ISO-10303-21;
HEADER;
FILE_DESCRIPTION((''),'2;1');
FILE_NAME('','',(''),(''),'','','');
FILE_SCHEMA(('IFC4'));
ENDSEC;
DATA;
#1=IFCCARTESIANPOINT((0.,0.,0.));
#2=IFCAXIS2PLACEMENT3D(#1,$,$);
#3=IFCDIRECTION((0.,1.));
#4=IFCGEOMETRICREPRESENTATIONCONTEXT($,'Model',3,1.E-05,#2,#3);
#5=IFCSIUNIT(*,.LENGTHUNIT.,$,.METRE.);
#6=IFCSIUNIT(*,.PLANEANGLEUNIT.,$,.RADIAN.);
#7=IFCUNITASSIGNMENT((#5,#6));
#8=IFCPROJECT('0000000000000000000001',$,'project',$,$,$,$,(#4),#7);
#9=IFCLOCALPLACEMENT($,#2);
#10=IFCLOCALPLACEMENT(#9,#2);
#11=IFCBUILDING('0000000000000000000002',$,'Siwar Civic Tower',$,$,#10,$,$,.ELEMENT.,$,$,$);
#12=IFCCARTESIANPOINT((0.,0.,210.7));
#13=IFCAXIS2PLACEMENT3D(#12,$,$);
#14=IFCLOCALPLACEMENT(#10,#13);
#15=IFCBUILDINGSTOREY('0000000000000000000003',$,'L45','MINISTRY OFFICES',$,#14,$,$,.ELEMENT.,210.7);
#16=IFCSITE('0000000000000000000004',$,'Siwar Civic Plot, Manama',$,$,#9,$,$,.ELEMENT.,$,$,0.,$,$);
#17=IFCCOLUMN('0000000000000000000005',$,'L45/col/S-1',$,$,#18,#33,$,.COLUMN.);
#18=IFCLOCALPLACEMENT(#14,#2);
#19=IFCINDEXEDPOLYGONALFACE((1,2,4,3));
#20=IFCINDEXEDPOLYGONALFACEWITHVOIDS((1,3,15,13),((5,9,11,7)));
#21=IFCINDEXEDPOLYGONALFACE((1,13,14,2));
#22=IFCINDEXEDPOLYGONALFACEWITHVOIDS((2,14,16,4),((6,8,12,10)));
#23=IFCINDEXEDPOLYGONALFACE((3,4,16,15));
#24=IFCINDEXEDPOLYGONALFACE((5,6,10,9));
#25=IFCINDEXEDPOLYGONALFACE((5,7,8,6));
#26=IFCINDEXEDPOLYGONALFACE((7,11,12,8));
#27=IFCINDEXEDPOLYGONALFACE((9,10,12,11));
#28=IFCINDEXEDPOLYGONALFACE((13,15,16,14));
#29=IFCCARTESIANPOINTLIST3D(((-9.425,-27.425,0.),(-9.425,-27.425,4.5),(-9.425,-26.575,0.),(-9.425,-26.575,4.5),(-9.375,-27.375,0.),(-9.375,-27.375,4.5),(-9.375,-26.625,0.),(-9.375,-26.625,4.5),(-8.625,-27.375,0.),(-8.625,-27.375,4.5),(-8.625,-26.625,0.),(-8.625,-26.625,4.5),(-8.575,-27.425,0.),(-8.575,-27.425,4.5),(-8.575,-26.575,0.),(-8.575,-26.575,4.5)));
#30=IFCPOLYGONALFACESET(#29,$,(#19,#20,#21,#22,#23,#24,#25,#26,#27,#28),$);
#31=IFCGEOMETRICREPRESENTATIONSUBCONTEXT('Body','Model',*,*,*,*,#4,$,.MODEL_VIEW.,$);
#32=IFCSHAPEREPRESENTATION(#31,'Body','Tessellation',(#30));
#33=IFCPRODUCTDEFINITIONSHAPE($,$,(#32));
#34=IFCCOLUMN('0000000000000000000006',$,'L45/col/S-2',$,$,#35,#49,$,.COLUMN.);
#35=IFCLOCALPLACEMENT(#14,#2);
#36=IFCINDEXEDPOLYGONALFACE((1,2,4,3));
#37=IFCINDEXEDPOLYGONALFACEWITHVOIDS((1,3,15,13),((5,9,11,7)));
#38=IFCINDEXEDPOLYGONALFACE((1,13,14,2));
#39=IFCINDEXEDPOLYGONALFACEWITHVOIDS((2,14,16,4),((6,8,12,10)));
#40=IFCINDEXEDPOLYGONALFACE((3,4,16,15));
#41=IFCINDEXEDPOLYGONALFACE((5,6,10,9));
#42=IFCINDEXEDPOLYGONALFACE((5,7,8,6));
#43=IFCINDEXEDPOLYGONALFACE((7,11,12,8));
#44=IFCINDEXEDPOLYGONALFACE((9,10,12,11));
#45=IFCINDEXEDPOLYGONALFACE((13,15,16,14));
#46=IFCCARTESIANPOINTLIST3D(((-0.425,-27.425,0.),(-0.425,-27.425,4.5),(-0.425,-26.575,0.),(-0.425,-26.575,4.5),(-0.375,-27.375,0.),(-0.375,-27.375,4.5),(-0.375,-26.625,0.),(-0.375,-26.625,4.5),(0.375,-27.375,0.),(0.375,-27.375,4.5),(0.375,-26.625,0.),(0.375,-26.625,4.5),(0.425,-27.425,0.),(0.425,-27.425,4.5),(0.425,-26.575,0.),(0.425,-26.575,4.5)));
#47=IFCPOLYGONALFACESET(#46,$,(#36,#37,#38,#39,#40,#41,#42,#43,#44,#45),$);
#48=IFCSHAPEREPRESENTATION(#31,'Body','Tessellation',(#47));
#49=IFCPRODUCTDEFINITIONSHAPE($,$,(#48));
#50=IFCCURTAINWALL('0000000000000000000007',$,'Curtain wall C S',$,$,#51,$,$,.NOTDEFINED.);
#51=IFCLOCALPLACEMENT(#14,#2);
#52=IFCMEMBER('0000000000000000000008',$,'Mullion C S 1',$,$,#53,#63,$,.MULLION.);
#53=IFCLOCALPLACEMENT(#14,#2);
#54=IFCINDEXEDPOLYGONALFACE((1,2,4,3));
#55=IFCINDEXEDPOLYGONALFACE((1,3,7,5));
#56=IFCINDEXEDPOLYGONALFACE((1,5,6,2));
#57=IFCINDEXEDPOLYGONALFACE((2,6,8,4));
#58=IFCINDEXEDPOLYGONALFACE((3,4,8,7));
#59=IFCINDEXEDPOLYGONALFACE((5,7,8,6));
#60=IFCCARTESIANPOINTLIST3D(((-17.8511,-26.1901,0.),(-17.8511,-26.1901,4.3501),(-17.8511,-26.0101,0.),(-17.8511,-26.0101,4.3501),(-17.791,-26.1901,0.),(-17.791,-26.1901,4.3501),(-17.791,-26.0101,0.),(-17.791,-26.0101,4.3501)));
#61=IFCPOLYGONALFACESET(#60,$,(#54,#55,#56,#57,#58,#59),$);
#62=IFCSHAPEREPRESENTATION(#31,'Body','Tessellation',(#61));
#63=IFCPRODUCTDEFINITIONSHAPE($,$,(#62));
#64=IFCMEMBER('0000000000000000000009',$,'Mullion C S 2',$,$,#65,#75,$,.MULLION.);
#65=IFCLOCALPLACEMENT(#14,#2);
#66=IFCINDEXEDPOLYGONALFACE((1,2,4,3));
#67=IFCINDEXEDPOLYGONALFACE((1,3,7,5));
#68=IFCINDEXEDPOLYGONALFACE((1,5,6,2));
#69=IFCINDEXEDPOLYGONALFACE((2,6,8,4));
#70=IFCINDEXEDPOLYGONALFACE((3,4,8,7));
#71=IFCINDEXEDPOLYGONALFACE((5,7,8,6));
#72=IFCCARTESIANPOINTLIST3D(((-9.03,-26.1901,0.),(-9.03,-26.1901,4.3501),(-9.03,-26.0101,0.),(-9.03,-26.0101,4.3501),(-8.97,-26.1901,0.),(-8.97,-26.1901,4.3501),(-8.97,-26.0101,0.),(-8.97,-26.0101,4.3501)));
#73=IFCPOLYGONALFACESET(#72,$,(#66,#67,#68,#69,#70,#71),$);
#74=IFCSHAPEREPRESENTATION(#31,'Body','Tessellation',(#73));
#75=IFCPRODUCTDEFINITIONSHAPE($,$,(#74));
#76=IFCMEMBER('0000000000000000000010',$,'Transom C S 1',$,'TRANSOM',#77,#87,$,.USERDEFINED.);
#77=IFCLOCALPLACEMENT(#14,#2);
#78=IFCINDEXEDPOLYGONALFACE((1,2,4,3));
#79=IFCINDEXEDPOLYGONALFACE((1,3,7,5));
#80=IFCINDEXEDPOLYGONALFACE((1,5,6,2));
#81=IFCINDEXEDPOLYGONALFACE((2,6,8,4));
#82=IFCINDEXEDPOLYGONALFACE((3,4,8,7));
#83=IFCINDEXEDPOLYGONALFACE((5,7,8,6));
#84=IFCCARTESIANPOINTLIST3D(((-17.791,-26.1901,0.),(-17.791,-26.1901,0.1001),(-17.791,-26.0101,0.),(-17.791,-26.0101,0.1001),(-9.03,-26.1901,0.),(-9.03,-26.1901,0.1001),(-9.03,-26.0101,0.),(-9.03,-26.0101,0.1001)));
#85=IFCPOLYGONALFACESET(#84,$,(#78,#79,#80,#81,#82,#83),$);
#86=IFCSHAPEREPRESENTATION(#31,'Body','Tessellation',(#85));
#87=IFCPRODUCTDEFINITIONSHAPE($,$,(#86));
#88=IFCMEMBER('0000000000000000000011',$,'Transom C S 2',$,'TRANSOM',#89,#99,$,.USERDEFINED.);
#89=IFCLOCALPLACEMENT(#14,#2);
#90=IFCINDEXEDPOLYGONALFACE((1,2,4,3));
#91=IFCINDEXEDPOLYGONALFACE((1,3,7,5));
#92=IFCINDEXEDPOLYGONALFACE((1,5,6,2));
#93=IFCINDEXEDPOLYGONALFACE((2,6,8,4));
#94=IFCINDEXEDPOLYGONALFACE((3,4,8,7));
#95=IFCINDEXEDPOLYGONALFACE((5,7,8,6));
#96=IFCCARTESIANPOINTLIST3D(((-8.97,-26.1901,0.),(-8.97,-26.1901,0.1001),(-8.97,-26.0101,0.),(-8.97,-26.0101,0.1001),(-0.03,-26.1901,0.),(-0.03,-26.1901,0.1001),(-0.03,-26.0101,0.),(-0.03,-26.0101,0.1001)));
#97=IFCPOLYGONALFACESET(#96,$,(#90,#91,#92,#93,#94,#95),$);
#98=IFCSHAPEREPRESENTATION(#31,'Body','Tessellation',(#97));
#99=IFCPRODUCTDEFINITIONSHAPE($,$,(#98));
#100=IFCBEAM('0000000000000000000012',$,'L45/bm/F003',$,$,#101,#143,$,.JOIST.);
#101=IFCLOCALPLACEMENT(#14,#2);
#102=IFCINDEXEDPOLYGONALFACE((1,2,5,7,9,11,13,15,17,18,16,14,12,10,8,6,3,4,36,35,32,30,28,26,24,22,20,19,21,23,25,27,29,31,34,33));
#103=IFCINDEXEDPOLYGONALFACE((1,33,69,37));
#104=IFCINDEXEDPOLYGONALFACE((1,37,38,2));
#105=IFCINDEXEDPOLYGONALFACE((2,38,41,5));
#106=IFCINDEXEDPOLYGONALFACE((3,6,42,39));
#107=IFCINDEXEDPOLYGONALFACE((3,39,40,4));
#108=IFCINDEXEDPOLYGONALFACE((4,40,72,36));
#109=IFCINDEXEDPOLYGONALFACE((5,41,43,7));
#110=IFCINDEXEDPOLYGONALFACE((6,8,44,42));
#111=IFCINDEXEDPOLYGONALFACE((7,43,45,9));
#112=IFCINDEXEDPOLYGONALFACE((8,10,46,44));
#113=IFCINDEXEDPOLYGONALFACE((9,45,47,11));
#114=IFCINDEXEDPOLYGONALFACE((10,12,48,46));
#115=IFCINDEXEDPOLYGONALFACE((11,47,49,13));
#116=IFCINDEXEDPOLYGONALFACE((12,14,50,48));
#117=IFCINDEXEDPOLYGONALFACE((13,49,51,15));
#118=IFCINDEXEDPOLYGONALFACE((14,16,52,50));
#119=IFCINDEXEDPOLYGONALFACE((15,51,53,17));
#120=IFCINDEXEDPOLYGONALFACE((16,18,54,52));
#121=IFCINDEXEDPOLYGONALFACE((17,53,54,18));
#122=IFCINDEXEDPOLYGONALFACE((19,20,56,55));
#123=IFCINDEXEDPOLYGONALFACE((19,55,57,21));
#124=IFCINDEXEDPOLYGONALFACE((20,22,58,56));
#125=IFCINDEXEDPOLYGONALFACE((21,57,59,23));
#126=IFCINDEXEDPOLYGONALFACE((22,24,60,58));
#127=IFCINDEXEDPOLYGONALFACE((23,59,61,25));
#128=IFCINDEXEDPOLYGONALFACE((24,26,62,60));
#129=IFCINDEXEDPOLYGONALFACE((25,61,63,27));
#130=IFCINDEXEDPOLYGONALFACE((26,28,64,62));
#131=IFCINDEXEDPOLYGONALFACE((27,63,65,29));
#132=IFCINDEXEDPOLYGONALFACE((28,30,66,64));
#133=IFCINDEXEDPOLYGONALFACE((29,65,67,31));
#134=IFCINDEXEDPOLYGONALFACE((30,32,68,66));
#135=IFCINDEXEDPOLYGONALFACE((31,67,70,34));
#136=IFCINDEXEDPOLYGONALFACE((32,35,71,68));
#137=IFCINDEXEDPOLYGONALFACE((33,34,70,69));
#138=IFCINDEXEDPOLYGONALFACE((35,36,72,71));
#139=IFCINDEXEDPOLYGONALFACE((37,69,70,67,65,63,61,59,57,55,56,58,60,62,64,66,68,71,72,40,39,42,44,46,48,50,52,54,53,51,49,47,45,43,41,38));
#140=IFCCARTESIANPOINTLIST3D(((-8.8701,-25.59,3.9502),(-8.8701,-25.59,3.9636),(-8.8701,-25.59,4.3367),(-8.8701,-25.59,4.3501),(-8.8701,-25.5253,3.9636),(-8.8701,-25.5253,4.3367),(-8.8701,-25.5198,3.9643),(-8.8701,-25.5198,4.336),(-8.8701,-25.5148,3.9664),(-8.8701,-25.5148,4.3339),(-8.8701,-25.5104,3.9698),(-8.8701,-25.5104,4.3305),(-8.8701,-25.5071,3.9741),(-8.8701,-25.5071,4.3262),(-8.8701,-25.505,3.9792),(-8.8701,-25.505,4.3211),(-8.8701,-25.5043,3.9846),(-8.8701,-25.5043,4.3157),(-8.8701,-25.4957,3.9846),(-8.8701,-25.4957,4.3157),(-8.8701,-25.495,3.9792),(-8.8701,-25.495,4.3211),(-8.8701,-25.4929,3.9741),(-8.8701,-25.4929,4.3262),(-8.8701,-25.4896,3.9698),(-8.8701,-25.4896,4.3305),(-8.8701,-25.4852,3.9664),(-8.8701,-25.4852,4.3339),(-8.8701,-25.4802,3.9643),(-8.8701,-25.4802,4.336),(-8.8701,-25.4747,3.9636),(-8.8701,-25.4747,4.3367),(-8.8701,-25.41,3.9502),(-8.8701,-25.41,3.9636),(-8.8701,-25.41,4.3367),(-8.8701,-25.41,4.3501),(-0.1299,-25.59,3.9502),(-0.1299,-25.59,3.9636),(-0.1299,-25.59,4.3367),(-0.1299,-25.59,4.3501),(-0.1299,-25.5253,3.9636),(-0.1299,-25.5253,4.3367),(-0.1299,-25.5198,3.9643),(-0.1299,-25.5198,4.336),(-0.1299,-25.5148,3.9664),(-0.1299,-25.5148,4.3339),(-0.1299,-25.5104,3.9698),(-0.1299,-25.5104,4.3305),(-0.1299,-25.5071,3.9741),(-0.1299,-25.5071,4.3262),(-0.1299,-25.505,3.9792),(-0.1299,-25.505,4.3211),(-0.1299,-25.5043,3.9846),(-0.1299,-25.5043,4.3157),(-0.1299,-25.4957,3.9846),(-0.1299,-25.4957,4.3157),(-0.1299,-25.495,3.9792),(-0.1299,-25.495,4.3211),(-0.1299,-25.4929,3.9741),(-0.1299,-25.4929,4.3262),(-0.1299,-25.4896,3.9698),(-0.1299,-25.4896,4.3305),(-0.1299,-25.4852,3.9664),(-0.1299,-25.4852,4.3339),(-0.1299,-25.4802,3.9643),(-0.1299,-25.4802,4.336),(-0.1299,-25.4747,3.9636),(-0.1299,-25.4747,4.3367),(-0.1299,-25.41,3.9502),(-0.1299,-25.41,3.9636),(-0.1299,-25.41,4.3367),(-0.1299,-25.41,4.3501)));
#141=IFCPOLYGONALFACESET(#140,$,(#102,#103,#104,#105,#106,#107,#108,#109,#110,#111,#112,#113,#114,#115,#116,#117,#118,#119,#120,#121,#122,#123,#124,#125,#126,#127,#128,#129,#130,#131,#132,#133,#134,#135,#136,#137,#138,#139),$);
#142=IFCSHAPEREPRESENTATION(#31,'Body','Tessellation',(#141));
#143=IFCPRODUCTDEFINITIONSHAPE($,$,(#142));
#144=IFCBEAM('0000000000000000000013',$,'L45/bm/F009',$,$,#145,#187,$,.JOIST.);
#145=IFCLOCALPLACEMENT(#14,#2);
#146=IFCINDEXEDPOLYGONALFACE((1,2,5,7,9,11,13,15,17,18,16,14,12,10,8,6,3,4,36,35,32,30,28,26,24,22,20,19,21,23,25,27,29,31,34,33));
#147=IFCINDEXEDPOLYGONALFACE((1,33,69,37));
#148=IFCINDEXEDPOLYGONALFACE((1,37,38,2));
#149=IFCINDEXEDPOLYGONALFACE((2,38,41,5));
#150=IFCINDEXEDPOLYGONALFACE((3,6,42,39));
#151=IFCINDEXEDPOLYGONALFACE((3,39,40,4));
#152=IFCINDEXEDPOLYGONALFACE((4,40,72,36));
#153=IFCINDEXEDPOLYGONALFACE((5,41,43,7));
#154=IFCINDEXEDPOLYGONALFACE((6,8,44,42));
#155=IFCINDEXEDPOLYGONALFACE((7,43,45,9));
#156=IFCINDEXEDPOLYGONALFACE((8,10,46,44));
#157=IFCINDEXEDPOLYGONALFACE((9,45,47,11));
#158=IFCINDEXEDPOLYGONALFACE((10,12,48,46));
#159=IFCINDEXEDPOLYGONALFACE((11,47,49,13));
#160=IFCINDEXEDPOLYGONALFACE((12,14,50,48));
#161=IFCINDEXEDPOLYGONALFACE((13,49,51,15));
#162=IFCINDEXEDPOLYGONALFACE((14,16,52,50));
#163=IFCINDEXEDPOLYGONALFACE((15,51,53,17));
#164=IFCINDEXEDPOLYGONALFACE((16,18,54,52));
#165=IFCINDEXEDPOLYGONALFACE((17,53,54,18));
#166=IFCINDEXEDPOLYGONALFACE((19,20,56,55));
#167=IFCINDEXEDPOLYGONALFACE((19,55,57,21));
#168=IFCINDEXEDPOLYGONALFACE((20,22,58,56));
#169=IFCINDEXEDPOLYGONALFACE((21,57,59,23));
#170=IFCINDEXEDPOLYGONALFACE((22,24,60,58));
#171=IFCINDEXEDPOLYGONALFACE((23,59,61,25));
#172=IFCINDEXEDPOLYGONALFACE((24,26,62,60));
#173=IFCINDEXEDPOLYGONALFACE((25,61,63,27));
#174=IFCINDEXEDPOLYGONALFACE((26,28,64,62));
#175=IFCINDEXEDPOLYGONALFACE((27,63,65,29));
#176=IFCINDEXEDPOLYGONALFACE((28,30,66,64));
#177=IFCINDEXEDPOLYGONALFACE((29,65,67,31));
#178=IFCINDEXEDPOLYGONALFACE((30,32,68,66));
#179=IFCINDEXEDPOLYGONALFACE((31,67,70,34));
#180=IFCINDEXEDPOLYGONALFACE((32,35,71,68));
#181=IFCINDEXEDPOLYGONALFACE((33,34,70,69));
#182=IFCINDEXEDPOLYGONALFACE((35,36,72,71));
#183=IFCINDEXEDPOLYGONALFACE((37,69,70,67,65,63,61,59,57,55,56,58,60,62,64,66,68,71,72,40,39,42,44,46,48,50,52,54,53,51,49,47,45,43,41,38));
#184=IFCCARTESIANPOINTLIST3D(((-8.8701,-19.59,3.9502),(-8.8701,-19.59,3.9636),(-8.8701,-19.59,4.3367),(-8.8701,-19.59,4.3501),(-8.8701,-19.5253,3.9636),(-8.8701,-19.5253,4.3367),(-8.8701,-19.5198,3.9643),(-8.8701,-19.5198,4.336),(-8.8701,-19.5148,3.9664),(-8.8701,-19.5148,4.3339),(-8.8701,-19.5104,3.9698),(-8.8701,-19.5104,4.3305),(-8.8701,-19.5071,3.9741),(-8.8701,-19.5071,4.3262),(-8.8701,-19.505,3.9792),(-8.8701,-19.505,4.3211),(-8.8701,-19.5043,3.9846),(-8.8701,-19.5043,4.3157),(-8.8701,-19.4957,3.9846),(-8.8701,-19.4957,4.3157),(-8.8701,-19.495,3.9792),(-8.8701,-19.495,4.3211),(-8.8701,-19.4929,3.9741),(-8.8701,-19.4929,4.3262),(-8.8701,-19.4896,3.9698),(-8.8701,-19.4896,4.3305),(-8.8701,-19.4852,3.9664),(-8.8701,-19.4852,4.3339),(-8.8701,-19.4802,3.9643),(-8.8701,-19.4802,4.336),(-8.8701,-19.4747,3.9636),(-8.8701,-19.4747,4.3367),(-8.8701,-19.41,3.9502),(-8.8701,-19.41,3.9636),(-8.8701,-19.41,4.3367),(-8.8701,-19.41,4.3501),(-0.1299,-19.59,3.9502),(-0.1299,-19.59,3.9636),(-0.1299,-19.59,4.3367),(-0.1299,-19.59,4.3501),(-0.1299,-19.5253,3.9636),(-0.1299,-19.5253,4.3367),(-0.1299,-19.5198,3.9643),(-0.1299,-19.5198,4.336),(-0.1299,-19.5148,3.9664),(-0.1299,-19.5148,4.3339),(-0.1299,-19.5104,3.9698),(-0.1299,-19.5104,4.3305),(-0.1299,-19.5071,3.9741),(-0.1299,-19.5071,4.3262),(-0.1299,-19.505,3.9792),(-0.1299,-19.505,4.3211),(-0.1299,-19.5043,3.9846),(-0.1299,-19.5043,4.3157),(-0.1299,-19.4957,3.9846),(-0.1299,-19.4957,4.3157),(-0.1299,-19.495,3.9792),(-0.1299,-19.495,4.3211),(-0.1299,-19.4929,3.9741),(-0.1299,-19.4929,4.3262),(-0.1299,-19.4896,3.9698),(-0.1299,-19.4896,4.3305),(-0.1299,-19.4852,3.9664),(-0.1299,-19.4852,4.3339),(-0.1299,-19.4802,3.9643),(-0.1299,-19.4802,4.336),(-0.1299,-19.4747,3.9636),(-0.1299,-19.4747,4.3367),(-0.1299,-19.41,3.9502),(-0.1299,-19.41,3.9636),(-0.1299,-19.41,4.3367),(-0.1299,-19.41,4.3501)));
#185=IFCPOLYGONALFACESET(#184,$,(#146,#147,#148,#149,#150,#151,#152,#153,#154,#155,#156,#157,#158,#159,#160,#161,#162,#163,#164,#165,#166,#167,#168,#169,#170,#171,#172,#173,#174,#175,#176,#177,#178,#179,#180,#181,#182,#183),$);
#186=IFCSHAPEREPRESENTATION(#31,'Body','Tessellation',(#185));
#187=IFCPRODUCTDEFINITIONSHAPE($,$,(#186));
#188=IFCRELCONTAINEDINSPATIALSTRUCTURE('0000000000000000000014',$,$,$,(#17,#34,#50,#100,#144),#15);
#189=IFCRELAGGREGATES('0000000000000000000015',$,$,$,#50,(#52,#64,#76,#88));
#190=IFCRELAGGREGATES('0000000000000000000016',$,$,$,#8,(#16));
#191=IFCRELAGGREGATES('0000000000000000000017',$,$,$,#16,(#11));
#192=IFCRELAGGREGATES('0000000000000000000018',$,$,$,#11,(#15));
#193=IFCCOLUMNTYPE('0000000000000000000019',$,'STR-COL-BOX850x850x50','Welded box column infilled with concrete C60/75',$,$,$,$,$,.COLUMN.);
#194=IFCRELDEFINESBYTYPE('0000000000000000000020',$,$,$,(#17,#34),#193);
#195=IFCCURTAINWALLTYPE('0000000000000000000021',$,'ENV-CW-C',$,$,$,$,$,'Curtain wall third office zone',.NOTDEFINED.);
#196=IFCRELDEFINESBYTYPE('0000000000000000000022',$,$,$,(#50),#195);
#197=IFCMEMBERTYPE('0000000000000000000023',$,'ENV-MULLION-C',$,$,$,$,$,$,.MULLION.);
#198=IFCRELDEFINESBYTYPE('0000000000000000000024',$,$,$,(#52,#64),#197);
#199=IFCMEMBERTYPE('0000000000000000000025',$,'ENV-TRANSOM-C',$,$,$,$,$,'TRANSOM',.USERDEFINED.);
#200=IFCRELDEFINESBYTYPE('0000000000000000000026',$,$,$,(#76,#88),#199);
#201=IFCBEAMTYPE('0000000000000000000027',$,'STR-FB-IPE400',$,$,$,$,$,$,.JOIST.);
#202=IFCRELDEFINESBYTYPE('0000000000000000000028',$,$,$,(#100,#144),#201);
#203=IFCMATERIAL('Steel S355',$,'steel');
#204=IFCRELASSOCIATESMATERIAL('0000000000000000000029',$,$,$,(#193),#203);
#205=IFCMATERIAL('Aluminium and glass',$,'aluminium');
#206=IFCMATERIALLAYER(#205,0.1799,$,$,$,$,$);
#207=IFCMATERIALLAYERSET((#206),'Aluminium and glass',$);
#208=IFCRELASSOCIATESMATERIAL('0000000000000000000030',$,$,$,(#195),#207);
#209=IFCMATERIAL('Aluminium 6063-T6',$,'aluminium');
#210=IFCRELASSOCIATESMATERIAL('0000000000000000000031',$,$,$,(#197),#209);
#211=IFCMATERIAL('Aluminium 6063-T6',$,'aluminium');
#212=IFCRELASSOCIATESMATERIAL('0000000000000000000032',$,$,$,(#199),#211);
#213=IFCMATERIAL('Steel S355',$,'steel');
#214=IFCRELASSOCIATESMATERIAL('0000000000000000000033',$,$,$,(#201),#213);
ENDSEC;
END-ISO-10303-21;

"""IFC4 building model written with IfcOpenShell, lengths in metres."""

from ifc_helpers import new_model, si_unit, direction, frame, origin, origin_2d, place, context, subcontext, project, spatial, rectangle, hollow_rectangle, i_section, extrude, material, layer, layer_set, material_profile, profile_set, type_object, element, aggregate, save


model = new_model("IFC4")

# Units and contexts
model_context = context("Model", 3, precision=1e-05, world=origin(), true_north=direction((0.0, 1.0)))
body_context = subcontext(model_context, "Body", "Model", "MODEL_VIEW")
ifc_project = project(units=[si_unit("LENGTHUNIT", "METRE"), si_unit("PLANEANGLEUNIT", "RADIAN")], contexts=[model_context])

# Site, building, storey
site_placement = place(None, origin())
site = spatial("IfcSite", under=ifc_project, at=site_placement, Name="Siwar Civic Plot, Manama", CompositionType="ELEMENT", RefElevation=0.0)
building_placement = place(site_placement, origin())
building = spatial("IfcBuilding", under=site, at=building_placement, Name="Siwar Civic Tower", CompositionType="ELEMENT")
storey_placement = place(building_placement, frame((0.0, 0.0, 210.7)))
storey = spatial("IfcBuildingStorey", under=building, at=storey_placement, Name="L45", Description="MINISTRY OFFICES", CompositionType="ELEMENT", Elevation=210.7)

# Columns
ifc_material_1 = material(Name="Steel S355", Category="steel")
ifc_material_profile_1 = material_profile(ifc_material_1, hollow_rectangle(XDim=0.8501, YDim=0.8501, WallThickness=0.05, at=origin_2d()), Name="BOX850x850x50")
ifc_profile_set_1 = profile_set([ifc_material_profile_1], Name="Steel S355")
column_type = type_object("IfcColumnType", Name="STR-COL-BOX850x850x50", Description="Welded box column infilled with concrete C60/75", PredefinedType="COLUMN", material=ifc_profile_set_1)
for number, where, z_axis, x_axis, name in (
    (1, (-9.0, -27.0, 0.0), (0.0, 0.0, 1.0), (1.0, 0.0, 0.0), "L45/col/S-1"),
    (2, (0.0, -27.0, 0.0), (0.0, 0.0, 1.0), (1.0, 0.0, 0.0), "L45/col/S-2"),
):
    element("IfcColumn", number, at=place(storey_placement, frame(where, z_axis=z_axis, x_axis=x_axis)), inside=storey, type_object=column_type, Name=name, PredefinedType="COLUMN", context=body_context, shape_type="SweptSolid", body=[
        extrude(hollow_rectangle(XDim=0.8501, YDim=0.8501, WallThickness=0.05, at=origin_2d()), origin(), (0.0, 0.0, 1.0), 4.5),
    ])

# Curtain wall, members
ifc_material_2 = material(Name="Aluminium and glass", Category="aluminium")
ifc_layer_1 = layer(ifc_material_2, 0.1799)
ifc_layer_set_1 = layer_set([ifc_layer_1], Name="Aluminium and glass")
curtain_wall_type = type_object("IfcCurtainWallType", Name="ENV-CW-C", ElementType="Curtain wall third office zone", PredefinedType="NOTDEFINED", material=ifc_layer_set_1)
curtain_wall_placement = place(storey_placement, origin())
curtain_wall = element("IfcCurtainWall", 3, at=curtain_wall_placement, inside=storey, type_object=curtain_wall_type, Name="Curtain wall C S", PredefinedType="NOTDEFINED")
ifc_material_3 = material(Name="Aluminium 6063-T6", Category="aluminium")
ifc_material_profile_2 = material_profile(ifc_material_3, rectangle(XDim=0.1799, YDim=0.0601, at=origin_2d()), Name="AL 180x60")
ifc_profile_set_2 = profile_set([ifc_material_profile_2], Name="Aluminium 6063-T6")
member_type_1 = type_object("IfcMemberType", Name="ENV-MULLION-C", PredefinedType="MULLION", material=ifc_profile_set_2)
member_1_placement = place(storey_placement, frame((-17.821, -26.1001, 0.0), z_axis=(0.0, 0.0, 1.0), x_axis=(0.0, 1.0, 0.0)))
member_1 = element("IfcMember", 4, at=member_1_placement, type_object=member_type_1, Name="Mullion C S 1", PredefinedType="MULLION", context=body_context, shape_type="SweptSolid", body=[
    extrude(rectangle(XDim=0.1799, YDim=0.0601, at=origin_2d()), origin(), (0.0, 0.0, 1.0), 4.3501),
])
member_2_placement = place(storey_placement, frame((-9.0, -26.1001, 0.0), z_axis=(0.0, 0.0, 1.0), x_axis=(0.0, 1.0, 0.0)))
member_2 = element("IfcMember", 5, at=member_2_placement, type_object=member_type_1, Name="Mullion C S 2", PredefinedType="MULLION", context=body_context, shape_type="SweptSolid", body=[
    extrude(rectangle(XDim=0.1799, YDim=0.0601, at=origin_2d()), origin(), (0.0, 0.0, 1.0), 4.3501),
])
ifc_material_4 = material(Name="Aluminium 6063-T6", Category="aluminium")
ifc_material_profile_3 = material_profile(ifc_material_4, rectangle(XDim=0.1799, YDim=0.1001, at=origin_2d()), Name="AL 180x100")
ifc_profile_set_3 = profile_set([ifc_material_profile_3], Name="Aluminium 6063-T6")
member_type_2 = type_object("IfcMemberType", Name="ENV-TRANSOM-C", ElementType="TRANSOM", PredefinedType="USERDEFINED", material=ifc_profile_set_3)
member_3_placement = place(storey_placement, frame((-17.791, -26.1001, 0.05), z_axis=(1.0, 0.0, 0.0), x_axis=(0.0, 1.0, 0.0)))
member_3 = element("IfcMember", 6, at=member_3_placement, type_object=member_type_2, Name="Transom C S 1", ObjectType="TRANSOM", PredefinedType="USERDEFINED", context=body_context, shape_type="SweptSolid", body=[
    extrude(rectangle(XDim=0.1799, YDim=0.1001, at=origin_2d()), origin(), (0.0, 0.0, 1.0), 8.761),
])
member_4_placement = place(storey_placement, frame((-8.97, -26.1001, 0.05), z_axis=(1.0, 0.0, 0.0), x_axis=(0.0, 1.0, 0.0)))
member_4 = element("IfcMember", 7, at=member_4_placement, type_object=member_type_2, Name="Transom C S 2", ObjectType="TRANSOM", PredefinedType="USERDEFINED", context=body_context, shape_type="SweptSolid", body=[
    extrude(rectangle(XDim=0.1799, YDim=0.1001, at=origin_2d()), origin(), (0.0, 0.0, 1.0), 8.9399),
])

# Beams
ifc_material_5 = material(Name="Steel S355", Category="steel")
ifc_material_profile_4 = material_profile(ifc_material_5, i_section(OverallWidth=0.1799, OverallDepth=0.3999, WebThickness=0.0085, FlangeThickness=0.0134, FilletRadius=0.021, at=origin_2d()), Name="IPE400")
ifc_profile_set_4 = profile_set([ifc_material_profile_4], Name="Steel S355")
beam_type_1 = type_object("IfcBeamType", Name="STR-FB-IPE400", PredefinedType="JOIST", material=ifc_profile_set_4)
for number, where, z_axis, x_axis, name in (
    (8, (-8.8701, -25.5, 4.1501), (1.0, 0.0, 0.0), (0.0, 1.0, 0.0), "L45/bm/F003"),
    (9, (-8.8701, -19.5, 4.1501), (1.0, 0.0, 0.0), (0.0, 1.0, 0.0), "L45/bm/F009"),
):
    element("IfcBeam", number, at=place(storey_placement, frame(where, z_axis=z_axis, x_axis=x_axis)), inside=storey, type_object=beam_type_1, Name=name, PredefinedType="JOIST", context=body_context, shape_type="SweptSolid", body=[
        extrude(i_section(OverallWidth=0.1799, OverallDepth=0.3999, WebThickness=0.0085, FlangeThickness=0.0134, FilletRadius=0.021, at=origin_2d()), origin(), (0.0, 0.0, 1.0), 8.7402),
    ])

aggregate(curtain_wall, [member_1, member_2, member_3, member_4])

save(model, "model.ifc")
